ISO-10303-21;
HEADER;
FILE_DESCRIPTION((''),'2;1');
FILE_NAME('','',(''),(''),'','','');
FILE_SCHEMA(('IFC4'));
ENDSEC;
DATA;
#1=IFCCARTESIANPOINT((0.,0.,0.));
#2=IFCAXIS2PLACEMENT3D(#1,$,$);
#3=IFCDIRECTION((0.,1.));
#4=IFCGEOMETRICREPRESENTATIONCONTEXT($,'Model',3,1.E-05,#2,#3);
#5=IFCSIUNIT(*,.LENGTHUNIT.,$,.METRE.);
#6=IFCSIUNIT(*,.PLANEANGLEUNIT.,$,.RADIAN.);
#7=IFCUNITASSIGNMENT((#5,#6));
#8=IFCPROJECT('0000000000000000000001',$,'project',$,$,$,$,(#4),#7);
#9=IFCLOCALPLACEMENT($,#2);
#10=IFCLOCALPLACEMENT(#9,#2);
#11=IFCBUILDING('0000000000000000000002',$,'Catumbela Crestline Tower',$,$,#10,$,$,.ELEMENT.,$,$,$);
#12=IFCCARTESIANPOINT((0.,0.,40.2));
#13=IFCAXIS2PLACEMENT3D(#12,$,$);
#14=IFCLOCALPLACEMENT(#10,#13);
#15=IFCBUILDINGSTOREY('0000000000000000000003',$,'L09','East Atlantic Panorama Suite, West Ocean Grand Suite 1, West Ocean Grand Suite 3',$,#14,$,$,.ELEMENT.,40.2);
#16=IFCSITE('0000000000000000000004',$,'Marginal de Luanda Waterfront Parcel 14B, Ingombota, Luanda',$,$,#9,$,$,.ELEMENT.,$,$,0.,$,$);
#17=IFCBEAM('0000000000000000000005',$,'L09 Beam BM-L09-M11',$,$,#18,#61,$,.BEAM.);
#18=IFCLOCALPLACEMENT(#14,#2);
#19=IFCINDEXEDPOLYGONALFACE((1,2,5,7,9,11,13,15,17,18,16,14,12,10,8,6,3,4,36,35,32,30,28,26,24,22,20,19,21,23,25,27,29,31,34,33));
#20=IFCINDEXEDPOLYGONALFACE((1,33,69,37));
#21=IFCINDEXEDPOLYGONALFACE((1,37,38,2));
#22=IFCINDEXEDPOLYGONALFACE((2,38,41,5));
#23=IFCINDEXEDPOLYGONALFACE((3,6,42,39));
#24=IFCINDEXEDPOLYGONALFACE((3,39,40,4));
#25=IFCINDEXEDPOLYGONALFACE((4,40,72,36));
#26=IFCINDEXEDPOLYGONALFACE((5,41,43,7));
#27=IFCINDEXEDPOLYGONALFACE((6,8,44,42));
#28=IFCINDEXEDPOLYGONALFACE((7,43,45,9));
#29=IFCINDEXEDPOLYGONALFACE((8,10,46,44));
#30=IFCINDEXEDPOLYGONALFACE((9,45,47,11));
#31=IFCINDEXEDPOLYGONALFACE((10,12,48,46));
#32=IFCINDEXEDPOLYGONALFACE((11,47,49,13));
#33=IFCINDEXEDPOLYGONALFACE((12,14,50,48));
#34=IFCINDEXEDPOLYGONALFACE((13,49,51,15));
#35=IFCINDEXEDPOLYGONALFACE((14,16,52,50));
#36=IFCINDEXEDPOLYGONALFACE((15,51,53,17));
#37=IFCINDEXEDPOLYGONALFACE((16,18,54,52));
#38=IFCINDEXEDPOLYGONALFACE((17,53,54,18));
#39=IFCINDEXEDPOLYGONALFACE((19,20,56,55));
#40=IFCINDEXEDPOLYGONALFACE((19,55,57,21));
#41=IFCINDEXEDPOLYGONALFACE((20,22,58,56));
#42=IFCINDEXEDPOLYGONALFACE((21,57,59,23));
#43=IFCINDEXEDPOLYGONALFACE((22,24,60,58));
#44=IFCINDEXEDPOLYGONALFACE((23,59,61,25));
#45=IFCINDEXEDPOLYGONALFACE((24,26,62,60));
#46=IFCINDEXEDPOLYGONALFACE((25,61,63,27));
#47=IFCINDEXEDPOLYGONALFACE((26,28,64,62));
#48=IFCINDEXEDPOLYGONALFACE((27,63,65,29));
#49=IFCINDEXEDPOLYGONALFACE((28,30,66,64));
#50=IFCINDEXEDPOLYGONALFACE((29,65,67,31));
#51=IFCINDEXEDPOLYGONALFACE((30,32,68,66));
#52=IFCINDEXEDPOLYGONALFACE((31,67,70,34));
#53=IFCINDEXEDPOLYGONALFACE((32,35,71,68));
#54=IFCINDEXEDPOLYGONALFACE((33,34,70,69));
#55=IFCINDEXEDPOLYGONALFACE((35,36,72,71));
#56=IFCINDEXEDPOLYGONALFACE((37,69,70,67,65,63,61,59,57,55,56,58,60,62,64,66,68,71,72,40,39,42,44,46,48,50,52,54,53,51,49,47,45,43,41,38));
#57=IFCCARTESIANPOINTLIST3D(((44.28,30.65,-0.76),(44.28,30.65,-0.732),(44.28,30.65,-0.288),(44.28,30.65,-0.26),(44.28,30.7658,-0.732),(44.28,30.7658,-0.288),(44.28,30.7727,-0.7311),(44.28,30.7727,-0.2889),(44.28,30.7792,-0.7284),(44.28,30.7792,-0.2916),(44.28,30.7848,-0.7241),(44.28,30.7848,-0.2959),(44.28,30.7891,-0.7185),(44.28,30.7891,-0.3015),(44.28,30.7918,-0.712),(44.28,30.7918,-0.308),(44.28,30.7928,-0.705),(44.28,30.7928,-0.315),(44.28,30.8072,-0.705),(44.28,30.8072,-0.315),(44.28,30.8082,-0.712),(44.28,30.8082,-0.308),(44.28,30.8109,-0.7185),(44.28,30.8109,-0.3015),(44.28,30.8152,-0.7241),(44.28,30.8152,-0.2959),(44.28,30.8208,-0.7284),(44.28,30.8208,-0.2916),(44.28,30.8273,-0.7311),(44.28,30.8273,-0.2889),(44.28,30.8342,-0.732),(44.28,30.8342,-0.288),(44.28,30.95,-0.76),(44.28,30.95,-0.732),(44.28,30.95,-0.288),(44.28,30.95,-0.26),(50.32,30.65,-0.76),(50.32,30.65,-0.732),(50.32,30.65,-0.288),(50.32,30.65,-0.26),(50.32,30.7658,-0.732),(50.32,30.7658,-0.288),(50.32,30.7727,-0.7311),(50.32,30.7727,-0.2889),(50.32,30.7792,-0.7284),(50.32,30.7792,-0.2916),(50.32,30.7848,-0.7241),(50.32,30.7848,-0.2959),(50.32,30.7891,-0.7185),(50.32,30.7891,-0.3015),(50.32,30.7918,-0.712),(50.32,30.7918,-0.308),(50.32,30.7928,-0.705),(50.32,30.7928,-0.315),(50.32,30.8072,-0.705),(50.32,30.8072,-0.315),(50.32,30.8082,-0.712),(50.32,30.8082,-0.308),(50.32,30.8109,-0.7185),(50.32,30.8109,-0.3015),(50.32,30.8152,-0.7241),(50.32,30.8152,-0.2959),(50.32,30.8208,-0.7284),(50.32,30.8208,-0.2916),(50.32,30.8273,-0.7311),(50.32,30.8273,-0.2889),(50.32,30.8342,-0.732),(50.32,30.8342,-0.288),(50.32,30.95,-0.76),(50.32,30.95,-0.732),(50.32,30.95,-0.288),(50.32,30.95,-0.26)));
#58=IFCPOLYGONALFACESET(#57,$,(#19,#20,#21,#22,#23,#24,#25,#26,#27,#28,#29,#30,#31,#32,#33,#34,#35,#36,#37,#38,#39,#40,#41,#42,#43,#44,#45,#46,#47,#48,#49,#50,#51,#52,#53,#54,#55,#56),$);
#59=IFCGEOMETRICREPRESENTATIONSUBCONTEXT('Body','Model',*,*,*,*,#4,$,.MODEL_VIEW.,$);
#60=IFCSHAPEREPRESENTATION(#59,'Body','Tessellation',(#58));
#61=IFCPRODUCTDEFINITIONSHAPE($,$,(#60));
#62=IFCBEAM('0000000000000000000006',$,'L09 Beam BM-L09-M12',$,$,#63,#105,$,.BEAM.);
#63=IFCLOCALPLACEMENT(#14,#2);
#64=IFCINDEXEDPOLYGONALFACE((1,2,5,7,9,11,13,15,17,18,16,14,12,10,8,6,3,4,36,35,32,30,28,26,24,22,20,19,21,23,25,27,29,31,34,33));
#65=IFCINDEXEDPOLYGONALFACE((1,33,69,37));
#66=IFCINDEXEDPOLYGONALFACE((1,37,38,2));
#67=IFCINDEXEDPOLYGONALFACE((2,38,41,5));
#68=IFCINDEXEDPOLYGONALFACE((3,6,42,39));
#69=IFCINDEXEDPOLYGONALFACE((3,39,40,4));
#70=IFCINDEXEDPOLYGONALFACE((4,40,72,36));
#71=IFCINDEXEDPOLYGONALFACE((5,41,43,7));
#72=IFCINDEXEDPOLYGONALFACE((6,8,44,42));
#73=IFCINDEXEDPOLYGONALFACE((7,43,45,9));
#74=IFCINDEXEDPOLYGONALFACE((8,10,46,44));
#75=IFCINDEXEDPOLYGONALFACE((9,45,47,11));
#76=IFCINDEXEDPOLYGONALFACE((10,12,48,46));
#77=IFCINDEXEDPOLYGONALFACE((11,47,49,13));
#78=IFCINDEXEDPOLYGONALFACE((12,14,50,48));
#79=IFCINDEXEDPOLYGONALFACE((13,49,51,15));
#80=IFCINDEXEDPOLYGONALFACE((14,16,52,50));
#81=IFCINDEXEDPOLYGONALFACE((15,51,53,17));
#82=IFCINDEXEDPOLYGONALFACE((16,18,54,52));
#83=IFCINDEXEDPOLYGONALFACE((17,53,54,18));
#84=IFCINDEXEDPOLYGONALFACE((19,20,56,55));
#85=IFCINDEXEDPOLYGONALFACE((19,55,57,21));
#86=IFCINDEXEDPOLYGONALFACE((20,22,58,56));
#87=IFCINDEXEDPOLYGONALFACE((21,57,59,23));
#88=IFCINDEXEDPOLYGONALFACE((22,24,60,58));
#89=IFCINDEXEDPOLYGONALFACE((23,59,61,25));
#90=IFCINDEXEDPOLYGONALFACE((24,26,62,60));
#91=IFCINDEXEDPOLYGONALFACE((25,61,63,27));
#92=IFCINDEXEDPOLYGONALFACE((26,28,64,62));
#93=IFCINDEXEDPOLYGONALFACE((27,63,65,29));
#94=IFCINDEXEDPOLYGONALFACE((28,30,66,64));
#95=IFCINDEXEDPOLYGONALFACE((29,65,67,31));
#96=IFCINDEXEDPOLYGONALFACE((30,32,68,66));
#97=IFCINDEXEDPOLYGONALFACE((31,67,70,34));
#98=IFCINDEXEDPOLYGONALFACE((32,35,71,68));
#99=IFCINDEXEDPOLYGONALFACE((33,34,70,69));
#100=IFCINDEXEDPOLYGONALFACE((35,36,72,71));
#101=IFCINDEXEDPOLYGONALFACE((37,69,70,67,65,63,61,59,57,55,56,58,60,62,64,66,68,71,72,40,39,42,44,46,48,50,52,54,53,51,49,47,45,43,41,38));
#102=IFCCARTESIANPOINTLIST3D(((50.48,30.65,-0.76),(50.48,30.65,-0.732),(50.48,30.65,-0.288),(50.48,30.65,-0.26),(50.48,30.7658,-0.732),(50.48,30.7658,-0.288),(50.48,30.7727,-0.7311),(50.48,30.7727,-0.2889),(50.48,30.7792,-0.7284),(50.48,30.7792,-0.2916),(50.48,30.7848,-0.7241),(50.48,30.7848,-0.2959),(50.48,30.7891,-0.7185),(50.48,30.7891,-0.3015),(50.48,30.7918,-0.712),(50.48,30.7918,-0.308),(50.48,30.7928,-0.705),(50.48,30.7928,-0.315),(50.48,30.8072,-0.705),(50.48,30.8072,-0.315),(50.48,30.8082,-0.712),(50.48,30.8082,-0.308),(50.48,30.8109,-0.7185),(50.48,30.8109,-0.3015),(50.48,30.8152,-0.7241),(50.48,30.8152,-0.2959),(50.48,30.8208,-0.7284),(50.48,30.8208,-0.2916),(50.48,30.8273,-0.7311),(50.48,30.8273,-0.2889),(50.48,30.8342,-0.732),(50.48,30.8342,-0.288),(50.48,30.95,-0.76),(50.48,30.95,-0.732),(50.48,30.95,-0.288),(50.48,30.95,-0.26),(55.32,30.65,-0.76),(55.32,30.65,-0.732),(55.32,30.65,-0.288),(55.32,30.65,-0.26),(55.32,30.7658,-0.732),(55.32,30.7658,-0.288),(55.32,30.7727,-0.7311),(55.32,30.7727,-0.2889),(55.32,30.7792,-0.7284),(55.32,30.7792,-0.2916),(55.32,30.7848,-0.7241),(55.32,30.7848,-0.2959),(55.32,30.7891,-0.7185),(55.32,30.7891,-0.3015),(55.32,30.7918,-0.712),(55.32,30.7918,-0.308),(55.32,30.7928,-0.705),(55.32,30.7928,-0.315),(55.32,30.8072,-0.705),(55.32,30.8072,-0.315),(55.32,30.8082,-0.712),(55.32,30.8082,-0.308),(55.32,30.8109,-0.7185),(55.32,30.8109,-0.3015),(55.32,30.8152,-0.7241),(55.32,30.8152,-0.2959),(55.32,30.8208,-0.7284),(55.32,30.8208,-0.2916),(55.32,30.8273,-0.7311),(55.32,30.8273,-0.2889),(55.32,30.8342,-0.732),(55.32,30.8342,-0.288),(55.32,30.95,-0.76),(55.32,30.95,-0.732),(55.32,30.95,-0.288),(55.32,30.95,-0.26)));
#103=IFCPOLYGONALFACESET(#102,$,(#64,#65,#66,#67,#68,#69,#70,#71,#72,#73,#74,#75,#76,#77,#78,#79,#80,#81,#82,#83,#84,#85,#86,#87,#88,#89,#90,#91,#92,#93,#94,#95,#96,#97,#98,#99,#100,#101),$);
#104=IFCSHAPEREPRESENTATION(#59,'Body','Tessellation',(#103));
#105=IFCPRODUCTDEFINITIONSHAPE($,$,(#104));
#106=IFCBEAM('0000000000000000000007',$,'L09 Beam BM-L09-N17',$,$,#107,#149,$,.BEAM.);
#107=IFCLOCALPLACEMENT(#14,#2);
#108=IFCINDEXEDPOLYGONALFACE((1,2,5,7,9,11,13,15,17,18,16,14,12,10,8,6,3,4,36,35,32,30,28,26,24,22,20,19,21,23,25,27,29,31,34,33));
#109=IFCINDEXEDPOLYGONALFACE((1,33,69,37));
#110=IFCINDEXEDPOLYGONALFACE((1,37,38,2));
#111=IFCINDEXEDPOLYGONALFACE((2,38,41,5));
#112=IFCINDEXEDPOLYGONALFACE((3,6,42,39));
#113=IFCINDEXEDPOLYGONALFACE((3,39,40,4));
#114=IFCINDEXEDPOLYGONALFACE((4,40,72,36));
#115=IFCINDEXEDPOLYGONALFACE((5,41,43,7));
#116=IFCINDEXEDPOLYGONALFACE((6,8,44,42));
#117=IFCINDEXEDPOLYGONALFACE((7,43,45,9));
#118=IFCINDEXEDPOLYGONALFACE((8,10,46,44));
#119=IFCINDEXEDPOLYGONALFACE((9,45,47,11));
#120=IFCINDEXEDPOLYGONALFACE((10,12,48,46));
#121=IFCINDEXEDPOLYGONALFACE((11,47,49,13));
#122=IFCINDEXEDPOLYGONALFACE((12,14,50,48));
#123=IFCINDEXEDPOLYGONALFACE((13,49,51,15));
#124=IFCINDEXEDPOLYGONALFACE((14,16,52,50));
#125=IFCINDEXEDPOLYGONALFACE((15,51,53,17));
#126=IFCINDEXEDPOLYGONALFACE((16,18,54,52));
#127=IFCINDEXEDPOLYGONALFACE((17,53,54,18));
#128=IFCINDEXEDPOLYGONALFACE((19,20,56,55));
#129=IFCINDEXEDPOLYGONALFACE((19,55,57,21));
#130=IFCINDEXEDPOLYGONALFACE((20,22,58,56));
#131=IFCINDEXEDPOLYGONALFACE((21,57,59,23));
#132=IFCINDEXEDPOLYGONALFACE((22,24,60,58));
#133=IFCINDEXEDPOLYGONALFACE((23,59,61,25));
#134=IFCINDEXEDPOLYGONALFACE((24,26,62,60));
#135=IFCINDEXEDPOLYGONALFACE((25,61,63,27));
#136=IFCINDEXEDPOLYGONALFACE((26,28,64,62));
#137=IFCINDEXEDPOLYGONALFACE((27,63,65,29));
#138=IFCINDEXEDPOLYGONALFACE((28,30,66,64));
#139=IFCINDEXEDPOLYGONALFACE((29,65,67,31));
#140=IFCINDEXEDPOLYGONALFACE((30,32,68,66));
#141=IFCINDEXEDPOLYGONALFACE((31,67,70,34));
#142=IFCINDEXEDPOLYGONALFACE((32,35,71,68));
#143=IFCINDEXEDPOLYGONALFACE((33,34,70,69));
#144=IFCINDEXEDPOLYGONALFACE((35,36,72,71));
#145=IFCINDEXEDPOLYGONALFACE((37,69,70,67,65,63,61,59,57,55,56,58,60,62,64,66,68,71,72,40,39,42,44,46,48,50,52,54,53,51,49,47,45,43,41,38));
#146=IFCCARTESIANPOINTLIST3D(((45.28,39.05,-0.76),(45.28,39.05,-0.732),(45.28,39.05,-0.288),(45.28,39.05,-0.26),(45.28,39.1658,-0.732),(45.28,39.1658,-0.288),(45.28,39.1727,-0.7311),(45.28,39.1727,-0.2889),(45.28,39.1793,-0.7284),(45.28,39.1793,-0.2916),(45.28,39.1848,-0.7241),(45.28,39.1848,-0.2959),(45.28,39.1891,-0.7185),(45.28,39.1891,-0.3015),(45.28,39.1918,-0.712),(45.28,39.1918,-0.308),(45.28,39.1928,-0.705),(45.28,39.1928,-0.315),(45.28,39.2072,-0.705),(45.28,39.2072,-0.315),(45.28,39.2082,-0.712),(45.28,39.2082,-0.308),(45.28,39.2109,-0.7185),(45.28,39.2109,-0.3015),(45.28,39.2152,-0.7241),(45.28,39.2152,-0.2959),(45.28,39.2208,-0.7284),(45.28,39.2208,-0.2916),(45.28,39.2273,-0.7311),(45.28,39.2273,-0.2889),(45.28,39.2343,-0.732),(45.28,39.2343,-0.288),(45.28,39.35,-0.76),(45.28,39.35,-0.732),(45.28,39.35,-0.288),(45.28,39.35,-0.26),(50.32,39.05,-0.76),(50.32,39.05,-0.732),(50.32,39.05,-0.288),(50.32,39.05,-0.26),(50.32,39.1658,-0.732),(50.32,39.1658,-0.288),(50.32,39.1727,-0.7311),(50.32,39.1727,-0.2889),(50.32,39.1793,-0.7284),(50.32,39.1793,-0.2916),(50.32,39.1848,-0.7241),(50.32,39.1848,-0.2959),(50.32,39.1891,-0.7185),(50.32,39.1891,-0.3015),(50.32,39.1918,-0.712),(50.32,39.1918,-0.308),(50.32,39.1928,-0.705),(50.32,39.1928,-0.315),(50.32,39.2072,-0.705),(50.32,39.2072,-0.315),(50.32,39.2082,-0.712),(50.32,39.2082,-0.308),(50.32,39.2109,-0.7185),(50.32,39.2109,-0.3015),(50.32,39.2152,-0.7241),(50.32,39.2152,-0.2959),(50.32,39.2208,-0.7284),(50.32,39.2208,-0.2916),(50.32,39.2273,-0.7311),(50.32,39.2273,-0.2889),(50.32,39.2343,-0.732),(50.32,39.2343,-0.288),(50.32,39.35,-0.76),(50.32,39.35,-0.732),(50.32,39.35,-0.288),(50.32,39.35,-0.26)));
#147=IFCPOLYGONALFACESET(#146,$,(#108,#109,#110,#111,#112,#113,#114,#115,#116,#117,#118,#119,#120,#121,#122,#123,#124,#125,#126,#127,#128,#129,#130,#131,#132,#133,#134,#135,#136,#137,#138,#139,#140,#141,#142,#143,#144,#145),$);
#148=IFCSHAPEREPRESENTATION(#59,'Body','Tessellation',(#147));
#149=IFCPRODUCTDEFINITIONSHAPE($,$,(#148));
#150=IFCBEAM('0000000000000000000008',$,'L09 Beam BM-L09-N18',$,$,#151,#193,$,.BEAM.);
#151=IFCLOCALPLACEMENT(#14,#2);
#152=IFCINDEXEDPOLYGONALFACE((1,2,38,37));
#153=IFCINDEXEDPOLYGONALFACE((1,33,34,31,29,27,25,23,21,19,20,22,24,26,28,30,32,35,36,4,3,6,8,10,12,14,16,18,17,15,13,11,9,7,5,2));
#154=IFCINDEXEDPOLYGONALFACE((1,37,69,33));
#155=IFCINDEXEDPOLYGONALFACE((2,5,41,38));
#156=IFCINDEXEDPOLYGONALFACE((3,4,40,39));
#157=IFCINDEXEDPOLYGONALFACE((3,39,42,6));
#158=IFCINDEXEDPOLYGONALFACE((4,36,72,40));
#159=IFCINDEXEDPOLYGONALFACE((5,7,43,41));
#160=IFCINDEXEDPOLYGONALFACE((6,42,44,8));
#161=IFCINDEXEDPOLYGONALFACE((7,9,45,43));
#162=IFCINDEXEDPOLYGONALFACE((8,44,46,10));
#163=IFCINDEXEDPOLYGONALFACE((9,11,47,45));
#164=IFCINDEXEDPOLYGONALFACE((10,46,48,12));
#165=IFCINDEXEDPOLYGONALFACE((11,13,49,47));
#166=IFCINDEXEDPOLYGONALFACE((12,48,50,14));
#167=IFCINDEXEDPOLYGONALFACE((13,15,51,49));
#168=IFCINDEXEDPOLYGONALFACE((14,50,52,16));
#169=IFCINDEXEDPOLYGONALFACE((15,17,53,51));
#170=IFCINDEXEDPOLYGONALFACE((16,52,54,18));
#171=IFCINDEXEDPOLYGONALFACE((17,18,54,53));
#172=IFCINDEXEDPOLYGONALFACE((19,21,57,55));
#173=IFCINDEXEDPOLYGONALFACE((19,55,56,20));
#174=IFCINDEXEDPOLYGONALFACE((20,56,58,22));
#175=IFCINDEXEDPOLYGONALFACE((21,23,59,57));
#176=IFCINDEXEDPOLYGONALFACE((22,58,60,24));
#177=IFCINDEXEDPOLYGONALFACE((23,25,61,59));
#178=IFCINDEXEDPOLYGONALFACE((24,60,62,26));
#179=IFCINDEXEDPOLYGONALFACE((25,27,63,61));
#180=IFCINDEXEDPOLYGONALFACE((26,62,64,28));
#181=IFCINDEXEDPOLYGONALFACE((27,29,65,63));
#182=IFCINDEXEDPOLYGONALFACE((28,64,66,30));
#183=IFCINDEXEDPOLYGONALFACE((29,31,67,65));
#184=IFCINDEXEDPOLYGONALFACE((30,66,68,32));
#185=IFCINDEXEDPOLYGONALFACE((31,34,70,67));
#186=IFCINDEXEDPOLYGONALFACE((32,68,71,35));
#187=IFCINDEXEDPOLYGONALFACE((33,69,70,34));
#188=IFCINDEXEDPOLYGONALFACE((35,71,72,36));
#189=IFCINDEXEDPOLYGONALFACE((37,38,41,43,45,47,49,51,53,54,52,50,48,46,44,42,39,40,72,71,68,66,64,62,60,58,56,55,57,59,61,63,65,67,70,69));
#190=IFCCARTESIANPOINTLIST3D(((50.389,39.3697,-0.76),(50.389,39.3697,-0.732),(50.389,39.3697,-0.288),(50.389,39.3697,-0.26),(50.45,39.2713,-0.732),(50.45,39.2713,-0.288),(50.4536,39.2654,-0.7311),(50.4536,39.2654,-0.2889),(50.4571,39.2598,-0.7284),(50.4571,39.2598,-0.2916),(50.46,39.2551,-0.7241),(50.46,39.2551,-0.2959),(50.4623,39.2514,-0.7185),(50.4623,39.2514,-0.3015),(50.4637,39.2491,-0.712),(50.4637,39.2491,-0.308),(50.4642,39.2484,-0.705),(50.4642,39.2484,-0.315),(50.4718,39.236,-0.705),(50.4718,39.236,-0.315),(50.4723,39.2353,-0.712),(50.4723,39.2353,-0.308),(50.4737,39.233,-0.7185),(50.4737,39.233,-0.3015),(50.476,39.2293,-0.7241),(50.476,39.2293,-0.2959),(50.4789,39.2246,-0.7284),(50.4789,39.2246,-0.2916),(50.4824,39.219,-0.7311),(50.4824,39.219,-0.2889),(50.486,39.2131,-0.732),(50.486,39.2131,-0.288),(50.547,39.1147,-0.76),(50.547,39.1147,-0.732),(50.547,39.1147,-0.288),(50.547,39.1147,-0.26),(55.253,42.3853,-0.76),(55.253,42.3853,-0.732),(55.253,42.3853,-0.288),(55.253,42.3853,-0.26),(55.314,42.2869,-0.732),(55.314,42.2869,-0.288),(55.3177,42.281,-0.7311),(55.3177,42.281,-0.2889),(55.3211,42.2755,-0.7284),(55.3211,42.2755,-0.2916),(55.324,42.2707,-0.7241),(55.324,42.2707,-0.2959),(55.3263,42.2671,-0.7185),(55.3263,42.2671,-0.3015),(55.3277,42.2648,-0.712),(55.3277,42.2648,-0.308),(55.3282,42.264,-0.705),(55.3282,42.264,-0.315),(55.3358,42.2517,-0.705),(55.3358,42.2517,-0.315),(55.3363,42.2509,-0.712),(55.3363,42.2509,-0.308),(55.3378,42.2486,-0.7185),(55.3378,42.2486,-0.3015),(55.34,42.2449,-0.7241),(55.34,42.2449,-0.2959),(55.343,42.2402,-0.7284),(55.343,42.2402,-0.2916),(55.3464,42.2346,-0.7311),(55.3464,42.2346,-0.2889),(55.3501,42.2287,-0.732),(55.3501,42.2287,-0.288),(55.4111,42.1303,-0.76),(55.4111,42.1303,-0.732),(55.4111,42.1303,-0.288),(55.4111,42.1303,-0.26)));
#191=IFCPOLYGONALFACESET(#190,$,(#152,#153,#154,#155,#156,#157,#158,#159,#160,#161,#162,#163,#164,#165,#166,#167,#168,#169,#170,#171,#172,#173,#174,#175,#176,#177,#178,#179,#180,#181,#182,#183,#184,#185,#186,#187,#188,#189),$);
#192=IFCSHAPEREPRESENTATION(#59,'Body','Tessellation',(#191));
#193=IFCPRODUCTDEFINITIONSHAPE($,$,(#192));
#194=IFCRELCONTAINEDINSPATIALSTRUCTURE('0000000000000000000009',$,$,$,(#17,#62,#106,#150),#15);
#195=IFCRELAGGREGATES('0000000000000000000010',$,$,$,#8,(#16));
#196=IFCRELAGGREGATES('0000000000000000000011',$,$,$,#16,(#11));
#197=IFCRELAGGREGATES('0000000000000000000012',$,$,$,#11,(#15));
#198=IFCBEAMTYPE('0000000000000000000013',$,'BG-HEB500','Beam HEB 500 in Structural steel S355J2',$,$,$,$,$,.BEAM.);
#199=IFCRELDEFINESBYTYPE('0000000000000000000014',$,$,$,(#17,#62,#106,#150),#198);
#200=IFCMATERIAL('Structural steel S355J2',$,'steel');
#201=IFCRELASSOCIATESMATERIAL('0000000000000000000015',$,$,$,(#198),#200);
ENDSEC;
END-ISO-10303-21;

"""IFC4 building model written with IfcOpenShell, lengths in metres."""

from ifc_helpers import new_model, si_unit, direction, frame, origin, origin_2d, place, context, subcontext, project, spatial, i_section, extrude, material, material_profile, profile_set, type_object, element, save


model = new_model("IFC4")

# Units and contexts
model_context = context("Model", 3, precision=1e-05, world=origin(), true_north=direction((0.0, 1.0)))
body_context = subcontext(model_context, "Body", "Model", "MODEL_VIEW")
ifc_project = project(units=[si_unit("LENGTHUNIT", "METRE"), si_unit("PLANEANGLEUNIT", "RADIAN")], contexts=[model_context])

# Site, building, storey
site_placement = place(None, origin())
site = spatial("IfcSite", under=ifc_project, at=site_placement, Name="Marginal de Luanda Waterfront Parcel 14B, Ingombota, Luanda", CompositionType="ELEMENT", RefElevation=0.0)
building_placement = place(site_placement, origin())
building = spatial("IfcBuilding", under=site, at=building_placement, Name="Catumbela Crestline Tower", CompositionType="ELEMENT")
storey_placement = place(building_placement, frame((0.0, 0.0, 40.2)))
storey = spatial("IfcBuildingStorey", under=building, at=storey_placement, Name="L09", Description="East Atlantic Panorama Suite, West Ocean Grand Suite 1, West Ocean Grand Suite 3", CompositionType="ELEMENT", Elevation=40.2)

# Beams
ifc_material_1 = material(Name="Structural steel S355J2", Category="steel")
ifc_material_profile_1 = material_profile(ifc_material_1, i_section(OverallWidth=0.3, OverallDepth=0.5, WebThickness=0.0145, FlangeThickness=0.028, FilletRadius=0.027, at=origin_2d()), Name="HEB 500")
ifc_profile_set_1 = profile_set([ifc_material_profile_1], Name="Structural steel S355J2")
beam_type_1 = type_object("IfcBeamType", Name="BG-HEB500", Description="Beam HEB 500 in Structural steel S355J2", PredefinedType="BEAM", material=ifc_profile_set_1)
beam_1_placement = place(storey_placement, frame((44.28, 30.8, -0.51), z_axis=(1.0, 0.0, 0.0), x_axis=(0.0, 1.0, 0.0)))
element("IfcBeam", 1, at=beam_1_placement, inside=storey, type_object=beam_type_1, Name="L09 Beam BM-L09-M11", PredefinedType="BEAM", context=body_context, shape_type="SweptSolid", body=[
    extrude(i_section(OverallWidth=0.3, OverallDepth=0.5, WebThickness=0.0145, FlangeThickness=0.028, FilletRadius=0.027, at=origin_2d()), origin(), (0.0, 0.0, 1.0), 6.04),
])
beam_2_placement = place(storey_placement, frame((50.48, 30.8, -0.51), z_axis=(1.0, 0.0, 0.0), x_axis=(0.0, 1.0, 0.0)))
element("IfcBeam", 2, at=beam_2_placement, inside=storey, type_object=beam_type_1, Name="L09 Beam BM-L09-M12", PredefinedType="BEAM", context=body_context, shape_type="SweptSolid", body=[
    extrude(i_section(OverallWidth=0.3, OverallDepth=0.5, WebThickness=0.0145, FlangeThickness=0.028, FilletRadius=0.027, at=origin_2d()), origin(), (0.0, 0.0, 1.0), 4.84),
])
beam_3_placement = place(storey_placement, frame((45.28, 39.2, -0.51), z_axis=(1.0, 0.0, 0.0), x_axis=(0.0, 1.0, 0.0)))
element("IfcBeam", 3, at=beam_3_placement, inside=storey, type_object=beam_type_1, Name="L09 Beam BM-L09-N17", PredefinedType="BEAM", context=body_context, shape_type="SweptSolid", body=[
    extrude(i_section(OverallWidth=0.3, OverallDepth=0.5, WebThickness=0.0145, FlangeThickness=0.028, FilletRadius=0.027, at=origin_2d()), origin(), (0.0, 0.0, 1.0), 5.04),
])
beam_4_placement = place(storey_placement, frame((50.468, 39.2422, -0.51), z_axis=(0.849909, 0.52693, 0.0), x_axis=(-0.52693, 0.849909, 0.0)))
element("IfcBeam", 4, at=beam_4_placement, inside=storey, type_object=beam_type_1, Name="L09 Beam BM-L09-N18", PredefinedType="BEAM", context=body_context, shape_type="SweptSolid", body=[
    extrude(i_section(OverallWidth=0.3, OverallDepth=0.5, WebThickness=0.0145, FlangeThickness=0.028, FilletRadius=0.027, at=origin_2d()), origin(), (0.0, 0.0, 1.0), 5.723),
])

save(model, "model.ifc")
